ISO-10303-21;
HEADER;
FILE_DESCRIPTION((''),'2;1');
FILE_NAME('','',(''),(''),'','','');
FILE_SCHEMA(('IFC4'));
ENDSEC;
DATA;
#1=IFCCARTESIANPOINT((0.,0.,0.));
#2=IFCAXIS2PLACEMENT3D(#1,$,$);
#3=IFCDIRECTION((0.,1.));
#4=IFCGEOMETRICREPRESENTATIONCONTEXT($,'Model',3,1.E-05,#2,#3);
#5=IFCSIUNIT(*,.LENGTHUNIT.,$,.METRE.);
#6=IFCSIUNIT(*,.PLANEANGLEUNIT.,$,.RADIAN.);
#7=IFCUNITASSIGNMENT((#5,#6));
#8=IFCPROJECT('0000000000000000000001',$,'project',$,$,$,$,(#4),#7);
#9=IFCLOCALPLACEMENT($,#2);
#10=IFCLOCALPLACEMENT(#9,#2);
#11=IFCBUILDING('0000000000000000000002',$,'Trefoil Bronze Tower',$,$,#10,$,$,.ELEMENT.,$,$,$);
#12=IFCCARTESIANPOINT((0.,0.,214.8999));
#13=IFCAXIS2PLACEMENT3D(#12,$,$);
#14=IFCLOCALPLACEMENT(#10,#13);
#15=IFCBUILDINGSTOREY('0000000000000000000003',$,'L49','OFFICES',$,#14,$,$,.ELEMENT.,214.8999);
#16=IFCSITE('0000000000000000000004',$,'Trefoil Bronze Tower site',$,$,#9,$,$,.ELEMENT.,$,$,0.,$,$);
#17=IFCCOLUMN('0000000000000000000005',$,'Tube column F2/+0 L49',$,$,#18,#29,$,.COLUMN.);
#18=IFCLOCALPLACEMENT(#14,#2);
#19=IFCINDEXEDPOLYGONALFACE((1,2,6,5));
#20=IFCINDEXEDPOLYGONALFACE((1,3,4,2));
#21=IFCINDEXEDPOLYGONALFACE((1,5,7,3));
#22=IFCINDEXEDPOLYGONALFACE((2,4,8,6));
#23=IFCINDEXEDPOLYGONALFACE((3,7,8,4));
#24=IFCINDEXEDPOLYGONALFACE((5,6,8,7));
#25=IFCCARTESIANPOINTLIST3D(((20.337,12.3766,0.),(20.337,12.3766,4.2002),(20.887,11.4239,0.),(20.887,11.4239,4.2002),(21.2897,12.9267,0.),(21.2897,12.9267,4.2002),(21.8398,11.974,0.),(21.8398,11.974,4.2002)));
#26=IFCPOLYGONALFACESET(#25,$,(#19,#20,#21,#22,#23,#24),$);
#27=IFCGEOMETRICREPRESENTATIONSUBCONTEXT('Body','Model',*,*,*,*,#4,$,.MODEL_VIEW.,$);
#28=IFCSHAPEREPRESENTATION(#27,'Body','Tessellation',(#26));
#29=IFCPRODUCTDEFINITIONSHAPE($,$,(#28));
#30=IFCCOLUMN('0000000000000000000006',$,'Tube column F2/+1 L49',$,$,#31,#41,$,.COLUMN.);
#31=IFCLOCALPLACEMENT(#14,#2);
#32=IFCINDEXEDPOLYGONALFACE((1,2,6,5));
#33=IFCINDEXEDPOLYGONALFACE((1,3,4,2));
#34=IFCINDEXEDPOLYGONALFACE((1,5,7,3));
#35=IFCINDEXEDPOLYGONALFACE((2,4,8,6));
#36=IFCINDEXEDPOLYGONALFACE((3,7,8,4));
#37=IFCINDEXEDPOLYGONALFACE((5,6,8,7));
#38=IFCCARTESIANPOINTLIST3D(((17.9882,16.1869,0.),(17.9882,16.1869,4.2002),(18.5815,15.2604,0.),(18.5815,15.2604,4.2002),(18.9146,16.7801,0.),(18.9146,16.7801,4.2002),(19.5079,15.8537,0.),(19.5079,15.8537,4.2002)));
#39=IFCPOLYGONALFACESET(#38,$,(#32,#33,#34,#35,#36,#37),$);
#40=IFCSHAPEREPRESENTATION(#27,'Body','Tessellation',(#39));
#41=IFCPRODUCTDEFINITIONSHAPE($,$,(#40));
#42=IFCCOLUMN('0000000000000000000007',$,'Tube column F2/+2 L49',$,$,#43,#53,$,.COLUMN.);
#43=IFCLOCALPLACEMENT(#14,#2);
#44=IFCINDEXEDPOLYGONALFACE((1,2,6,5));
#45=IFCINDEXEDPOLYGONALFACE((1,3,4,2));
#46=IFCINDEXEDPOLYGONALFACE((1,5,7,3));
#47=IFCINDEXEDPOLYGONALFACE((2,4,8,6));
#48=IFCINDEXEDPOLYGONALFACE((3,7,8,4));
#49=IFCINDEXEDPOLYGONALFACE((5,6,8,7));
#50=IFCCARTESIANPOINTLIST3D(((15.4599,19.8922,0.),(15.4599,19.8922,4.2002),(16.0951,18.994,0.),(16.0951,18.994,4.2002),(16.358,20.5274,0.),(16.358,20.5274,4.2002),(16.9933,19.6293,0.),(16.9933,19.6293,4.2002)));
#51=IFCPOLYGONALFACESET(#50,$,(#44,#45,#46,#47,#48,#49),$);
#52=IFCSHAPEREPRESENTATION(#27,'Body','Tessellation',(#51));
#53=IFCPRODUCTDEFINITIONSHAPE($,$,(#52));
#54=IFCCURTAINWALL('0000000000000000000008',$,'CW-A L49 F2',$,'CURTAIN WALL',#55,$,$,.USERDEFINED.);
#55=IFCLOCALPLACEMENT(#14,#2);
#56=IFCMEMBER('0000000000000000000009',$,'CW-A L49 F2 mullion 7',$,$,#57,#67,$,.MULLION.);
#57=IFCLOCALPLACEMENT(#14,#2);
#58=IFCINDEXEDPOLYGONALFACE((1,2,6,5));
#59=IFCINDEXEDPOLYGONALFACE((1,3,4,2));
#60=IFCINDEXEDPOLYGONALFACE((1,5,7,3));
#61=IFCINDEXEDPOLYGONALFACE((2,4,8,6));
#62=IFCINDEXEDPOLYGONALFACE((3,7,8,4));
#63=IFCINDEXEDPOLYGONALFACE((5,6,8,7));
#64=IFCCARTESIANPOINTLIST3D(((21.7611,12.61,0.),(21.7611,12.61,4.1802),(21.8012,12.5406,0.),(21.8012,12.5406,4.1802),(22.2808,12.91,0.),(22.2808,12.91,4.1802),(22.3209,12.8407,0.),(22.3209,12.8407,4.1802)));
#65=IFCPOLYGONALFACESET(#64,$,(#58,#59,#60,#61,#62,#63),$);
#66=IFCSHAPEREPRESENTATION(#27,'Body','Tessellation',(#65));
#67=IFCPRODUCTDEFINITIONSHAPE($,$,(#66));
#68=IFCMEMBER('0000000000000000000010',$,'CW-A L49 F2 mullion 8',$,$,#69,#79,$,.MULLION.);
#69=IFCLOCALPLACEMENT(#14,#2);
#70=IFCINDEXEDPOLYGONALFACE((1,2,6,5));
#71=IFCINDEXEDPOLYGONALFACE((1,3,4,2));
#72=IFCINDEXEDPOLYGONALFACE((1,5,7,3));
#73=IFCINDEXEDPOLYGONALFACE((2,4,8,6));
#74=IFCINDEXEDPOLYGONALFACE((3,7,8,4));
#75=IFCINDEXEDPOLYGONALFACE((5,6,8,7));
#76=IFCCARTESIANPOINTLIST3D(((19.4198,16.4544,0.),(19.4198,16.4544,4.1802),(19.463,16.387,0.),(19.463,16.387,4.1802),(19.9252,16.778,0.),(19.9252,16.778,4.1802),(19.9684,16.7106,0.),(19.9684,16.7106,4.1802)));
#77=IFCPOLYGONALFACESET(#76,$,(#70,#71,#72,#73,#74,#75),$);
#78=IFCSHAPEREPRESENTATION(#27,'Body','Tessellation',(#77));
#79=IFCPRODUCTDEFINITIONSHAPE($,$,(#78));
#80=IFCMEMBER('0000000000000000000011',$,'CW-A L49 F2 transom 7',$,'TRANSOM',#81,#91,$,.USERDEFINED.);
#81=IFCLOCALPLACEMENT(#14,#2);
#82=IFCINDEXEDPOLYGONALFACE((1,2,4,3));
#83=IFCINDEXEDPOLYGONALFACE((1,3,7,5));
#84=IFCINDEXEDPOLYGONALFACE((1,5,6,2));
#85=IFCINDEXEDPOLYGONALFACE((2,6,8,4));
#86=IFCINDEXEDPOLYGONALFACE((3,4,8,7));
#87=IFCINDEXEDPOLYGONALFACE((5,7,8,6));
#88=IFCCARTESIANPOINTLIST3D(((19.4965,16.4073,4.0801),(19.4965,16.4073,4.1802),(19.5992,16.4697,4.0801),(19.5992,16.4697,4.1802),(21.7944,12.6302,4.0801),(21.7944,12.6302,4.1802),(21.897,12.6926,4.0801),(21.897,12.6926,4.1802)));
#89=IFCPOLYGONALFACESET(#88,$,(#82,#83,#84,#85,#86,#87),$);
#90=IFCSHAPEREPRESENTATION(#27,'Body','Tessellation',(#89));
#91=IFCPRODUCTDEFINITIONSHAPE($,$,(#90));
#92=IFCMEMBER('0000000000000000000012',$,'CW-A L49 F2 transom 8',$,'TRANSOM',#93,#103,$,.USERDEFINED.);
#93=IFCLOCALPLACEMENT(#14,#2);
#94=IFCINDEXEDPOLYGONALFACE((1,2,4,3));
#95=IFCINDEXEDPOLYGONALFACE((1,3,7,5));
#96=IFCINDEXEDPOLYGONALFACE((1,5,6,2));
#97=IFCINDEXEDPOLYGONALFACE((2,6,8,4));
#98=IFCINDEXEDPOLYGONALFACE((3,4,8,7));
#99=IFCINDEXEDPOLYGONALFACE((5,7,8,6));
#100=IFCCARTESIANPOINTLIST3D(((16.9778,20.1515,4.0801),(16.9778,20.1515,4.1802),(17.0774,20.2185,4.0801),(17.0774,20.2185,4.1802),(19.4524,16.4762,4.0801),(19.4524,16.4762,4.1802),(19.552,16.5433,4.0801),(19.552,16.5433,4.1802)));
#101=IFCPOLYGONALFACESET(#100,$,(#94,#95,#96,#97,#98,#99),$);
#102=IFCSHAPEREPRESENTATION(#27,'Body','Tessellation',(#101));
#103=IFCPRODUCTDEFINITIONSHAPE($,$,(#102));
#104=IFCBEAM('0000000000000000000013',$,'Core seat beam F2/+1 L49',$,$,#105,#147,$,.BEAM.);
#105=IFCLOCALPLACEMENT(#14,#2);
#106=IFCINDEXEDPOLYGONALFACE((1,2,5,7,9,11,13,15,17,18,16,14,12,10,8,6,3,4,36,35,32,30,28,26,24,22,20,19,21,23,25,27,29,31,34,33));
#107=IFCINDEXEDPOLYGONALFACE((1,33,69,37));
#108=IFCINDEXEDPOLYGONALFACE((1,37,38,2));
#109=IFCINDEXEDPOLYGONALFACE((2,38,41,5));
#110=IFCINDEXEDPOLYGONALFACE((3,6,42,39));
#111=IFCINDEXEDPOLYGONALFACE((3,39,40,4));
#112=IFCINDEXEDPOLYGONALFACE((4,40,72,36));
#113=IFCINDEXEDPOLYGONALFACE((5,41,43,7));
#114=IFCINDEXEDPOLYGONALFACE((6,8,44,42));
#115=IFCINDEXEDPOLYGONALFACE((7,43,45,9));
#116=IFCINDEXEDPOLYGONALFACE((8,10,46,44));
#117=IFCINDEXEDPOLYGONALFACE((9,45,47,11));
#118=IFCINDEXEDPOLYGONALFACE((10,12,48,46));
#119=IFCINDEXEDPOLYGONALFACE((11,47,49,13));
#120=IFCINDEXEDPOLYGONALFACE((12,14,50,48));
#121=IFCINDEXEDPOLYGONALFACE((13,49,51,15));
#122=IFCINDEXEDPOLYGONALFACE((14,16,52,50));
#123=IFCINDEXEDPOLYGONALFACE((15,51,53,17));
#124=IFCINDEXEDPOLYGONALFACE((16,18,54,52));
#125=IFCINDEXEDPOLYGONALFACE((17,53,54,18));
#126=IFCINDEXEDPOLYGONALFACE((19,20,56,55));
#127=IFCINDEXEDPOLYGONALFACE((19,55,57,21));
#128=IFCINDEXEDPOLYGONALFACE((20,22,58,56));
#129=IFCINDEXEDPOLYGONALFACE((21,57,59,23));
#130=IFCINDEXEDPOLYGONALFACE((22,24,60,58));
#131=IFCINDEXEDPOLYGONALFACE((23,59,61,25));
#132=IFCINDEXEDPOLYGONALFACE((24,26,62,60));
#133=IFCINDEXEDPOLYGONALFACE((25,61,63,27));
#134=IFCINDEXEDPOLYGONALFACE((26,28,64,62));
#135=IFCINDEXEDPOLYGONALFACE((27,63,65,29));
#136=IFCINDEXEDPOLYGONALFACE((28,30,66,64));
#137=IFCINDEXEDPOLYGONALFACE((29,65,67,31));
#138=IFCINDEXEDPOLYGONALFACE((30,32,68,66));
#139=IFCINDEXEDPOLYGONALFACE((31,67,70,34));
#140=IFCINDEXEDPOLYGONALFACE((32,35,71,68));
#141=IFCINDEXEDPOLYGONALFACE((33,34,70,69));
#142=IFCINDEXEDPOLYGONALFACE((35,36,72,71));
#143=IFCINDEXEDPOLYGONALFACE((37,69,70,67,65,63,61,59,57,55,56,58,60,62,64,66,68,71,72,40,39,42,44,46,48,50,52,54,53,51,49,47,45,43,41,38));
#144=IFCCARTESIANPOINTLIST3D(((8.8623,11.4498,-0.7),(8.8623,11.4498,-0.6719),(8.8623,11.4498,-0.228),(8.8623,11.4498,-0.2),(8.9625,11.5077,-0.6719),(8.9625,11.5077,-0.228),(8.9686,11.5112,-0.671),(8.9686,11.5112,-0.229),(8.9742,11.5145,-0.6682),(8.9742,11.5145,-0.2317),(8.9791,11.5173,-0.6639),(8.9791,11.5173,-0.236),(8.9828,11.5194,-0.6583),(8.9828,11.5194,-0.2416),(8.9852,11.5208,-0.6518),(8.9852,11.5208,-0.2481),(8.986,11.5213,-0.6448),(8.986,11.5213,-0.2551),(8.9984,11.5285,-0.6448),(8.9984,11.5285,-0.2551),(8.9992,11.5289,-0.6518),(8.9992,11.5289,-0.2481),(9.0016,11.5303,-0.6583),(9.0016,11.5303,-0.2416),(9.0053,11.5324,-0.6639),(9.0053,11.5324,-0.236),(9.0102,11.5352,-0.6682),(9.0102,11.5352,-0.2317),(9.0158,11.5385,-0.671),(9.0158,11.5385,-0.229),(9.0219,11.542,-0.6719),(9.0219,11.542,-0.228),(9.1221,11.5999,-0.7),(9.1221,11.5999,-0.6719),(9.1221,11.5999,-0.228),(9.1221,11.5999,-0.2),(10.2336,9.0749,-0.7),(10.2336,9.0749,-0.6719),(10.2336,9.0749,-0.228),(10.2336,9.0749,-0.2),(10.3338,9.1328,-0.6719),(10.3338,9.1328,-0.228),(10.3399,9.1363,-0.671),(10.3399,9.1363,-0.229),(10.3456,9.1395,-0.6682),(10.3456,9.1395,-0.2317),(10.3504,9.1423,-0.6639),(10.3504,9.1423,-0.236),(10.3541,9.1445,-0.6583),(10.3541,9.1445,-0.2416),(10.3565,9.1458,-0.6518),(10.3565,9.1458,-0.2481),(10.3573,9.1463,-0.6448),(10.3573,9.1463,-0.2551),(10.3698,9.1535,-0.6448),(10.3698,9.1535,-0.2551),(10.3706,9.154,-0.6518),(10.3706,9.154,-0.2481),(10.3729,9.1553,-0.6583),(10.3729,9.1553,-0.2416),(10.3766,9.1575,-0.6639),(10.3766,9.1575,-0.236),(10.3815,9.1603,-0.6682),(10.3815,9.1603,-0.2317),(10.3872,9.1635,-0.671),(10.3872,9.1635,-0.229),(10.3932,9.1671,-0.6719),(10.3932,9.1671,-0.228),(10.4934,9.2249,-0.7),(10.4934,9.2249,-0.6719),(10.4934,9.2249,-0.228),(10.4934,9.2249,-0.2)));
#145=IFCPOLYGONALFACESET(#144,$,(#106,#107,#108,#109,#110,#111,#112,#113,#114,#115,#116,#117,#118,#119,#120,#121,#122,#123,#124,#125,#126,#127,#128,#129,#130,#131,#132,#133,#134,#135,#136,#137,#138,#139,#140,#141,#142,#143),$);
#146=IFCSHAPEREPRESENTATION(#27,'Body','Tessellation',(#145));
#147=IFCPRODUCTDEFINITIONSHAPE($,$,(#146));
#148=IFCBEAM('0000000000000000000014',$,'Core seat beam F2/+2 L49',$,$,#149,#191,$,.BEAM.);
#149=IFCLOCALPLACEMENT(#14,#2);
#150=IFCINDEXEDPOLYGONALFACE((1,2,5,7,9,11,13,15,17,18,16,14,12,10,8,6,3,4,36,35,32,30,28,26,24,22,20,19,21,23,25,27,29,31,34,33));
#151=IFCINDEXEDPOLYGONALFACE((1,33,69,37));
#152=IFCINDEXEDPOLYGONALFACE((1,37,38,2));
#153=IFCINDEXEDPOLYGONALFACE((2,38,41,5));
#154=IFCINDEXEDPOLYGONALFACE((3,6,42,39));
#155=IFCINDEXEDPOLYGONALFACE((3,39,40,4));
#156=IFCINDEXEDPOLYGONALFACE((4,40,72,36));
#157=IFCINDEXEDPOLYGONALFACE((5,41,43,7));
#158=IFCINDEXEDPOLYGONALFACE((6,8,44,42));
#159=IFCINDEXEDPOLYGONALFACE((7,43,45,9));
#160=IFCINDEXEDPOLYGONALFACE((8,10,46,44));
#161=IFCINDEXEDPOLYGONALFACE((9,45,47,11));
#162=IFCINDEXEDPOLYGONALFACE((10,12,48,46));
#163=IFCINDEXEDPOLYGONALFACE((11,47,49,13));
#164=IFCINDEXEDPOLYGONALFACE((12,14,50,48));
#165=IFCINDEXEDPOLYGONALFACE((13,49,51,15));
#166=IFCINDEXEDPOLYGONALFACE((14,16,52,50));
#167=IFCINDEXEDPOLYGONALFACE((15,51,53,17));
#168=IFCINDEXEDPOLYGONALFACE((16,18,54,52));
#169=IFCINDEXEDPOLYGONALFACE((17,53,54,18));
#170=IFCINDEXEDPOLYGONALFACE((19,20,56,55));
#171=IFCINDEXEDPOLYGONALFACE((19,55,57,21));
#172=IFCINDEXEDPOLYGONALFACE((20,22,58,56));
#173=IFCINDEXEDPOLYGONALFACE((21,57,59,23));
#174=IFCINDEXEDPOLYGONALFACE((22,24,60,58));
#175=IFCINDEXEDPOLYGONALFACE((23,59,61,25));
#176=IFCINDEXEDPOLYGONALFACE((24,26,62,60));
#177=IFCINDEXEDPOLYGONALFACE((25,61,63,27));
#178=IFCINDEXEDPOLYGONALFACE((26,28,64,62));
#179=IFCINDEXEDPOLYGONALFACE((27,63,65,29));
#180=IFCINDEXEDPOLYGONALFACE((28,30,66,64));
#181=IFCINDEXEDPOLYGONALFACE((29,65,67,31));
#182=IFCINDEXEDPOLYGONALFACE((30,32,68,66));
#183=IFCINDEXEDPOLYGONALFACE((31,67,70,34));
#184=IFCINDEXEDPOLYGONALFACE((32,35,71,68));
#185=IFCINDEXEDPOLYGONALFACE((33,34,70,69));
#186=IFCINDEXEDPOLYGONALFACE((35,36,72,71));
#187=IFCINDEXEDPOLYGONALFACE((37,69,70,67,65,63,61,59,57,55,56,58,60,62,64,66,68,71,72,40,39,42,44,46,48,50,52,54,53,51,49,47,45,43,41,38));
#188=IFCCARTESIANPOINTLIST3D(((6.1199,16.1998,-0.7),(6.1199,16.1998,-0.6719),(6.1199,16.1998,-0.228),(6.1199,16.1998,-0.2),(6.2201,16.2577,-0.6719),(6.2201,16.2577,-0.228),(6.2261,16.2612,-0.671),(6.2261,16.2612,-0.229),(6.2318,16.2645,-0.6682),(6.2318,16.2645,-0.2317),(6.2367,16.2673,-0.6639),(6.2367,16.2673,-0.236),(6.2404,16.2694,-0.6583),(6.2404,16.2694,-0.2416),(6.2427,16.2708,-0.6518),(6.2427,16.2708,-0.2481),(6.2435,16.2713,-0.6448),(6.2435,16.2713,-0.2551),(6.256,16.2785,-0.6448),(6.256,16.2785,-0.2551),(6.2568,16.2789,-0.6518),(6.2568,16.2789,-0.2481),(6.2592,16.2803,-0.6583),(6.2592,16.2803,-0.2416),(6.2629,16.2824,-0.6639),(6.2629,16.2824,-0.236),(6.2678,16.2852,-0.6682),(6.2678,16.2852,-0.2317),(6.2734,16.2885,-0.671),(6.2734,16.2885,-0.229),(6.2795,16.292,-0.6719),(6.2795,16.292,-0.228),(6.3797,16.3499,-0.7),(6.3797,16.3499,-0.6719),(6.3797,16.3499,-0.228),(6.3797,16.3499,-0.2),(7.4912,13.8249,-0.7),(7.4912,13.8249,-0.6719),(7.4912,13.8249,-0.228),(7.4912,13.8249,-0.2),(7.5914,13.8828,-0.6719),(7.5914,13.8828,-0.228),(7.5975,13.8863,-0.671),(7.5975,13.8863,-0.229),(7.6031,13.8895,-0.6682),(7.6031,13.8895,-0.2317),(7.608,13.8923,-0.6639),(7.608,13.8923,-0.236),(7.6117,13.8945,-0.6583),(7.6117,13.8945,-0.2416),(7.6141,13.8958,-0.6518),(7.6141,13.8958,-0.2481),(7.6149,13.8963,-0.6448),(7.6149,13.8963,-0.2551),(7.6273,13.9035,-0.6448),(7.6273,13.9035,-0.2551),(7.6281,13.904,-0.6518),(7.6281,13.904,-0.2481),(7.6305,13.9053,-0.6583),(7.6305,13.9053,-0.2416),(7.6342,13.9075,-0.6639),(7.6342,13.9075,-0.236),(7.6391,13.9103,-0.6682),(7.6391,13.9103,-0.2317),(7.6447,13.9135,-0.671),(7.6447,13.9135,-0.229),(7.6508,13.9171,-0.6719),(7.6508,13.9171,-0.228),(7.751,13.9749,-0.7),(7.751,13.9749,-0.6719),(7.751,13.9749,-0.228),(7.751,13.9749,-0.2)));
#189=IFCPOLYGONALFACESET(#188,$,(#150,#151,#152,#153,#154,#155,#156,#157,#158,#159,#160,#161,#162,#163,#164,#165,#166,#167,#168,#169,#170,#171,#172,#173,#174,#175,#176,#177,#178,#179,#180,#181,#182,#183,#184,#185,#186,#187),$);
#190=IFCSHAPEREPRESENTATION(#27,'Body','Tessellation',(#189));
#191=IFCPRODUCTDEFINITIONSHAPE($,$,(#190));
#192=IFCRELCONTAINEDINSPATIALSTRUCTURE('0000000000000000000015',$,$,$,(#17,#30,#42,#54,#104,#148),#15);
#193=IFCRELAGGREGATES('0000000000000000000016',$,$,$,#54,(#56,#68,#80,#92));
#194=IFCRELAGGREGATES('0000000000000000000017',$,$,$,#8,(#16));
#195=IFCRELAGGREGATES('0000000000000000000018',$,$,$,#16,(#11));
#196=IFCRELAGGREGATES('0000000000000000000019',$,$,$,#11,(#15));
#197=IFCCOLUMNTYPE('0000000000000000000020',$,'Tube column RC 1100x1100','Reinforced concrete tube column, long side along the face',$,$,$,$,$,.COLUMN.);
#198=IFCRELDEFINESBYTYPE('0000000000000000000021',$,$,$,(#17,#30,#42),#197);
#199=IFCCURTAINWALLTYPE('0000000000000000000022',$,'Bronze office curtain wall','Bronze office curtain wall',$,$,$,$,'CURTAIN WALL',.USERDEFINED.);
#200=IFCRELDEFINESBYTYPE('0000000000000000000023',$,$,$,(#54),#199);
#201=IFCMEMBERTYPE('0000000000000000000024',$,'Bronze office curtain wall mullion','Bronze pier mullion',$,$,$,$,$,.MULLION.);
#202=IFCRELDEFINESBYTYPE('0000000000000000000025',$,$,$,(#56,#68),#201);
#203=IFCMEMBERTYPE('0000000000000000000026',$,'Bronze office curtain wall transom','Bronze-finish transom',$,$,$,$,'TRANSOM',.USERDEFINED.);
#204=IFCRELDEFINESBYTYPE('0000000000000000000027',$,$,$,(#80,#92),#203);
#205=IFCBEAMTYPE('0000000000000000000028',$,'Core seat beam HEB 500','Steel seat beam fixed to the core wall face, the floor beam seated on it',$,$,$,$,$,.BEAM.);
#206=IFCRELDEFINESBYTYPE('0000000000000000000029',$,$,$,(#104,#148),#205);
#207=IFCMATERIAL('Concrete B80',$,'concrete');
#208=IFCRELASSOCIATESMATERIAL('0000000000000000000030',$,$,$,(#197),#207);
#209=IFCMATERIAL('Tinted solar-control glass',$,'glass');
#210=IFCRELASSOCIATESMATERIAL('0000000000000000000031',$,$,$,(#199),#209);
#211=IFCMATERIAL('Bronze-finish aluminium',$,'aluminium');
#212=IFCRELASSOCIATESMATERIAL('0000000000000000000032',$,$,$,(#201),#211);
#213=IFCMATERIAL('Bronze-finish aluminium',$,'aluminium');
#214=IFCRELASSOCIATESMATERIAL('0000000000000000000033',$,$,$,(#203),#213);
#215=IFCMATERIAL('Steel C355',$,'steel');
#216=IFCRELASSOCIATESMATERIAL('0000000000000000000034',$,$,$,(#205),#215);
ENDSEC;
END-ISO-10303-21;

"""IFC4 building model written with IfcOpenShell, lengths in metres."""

from ifc_helpers import new_model, si_unit, direction, frame, origin, origin_2d, place, context, subcontext, project, spatial, rectangle, i_section, extrude, material, material_profile, profile_set, type_object, element, aggregate, save


model = new_model("IFC4")

# Units and contexts
model_context = context("Model", 3, precision=1e-05, world=origin(), true_north=direction((0.0, 1.0)))
body_context = subcontext(model_context, "Body", "Model", "MODEL_VIEW")
ifc_project = project(units=[si_unit("LENGTHUNIT", "METRE"), si_unit("PLANEANGLEUNIT", "RADIAN")], contexts=[model_context])

# Site, building, storey
site_placement = place(None, origin())
site = spatial("IfcSite", under=ifc_project, at=site_placement, Name="Trefoil Bronze Tower site", CompositionType="ELEMENT", RefElevation=0.0)
building_placement = place(site_placement, origin())
building = spatial("IfcBuilding", under=site, at=building_placement, Name="Trefoil Bronze Tower", CompositionType="ELEMENT")
storey_placement = place(building_placement, frame((0.0, 0.0, 214.8999)))
storey = spatial("IfcBuildingStorey", under=building, at=storey_placement, Name="L49", Description="OFFICES", CompositionType="ELEMENT", Elevation=214.8999)

# Columns
ifc_material_1 = material(Name="Concrete B80", Category="concrete")
ifc_material_profile_1 = material_profile(ifc_material_1, rectangle(XDim=1.1001, YDim=1.1001, at=origin_2d()), Name="RC 1100x1100")
ifc_profile_set_1 = profile_set([ifc_material_profile_1], Name="Concrete B80")
column_type = type_object("IfcColumnType", Name="Tube column RC 1100x1100", Description="Reinforced concrete tube column, long side along the face", PredefinedType="COLUMN", material=ifc_profile_set_1)
for number, where, z_axis, x_axis, name in (
    (1, (21.0884, 12.1753, 0.0), (0.0, 0.0, 1.0), (-0.5, 0.866025, 0.0), "Tube column F2/+0 L49"),
    (2, (18.748, 16.0203, 0.0), (0.0, 0.0, 1.0), (-0.53927, 0.842133, 0.0), "Tube column F2/+1 L49"),
    (3, (16.2266, 19.7607, 0.0), (0.0, 0.0, 1.0), (-0.577481, 0.816404, 0.0), "Tube column F2/+2 L49"),
):
    element("IfcColumn", number, at=place(storey_placement, frame(where, z_axis=z_axis, x_axis=x_axis)), inside=storey, type_object=column_type, Name=name, PredefinedType="COLUMN", context=body_context, shape_type="SweptSolid", body=[
        extrude(rectangle(XDim=1.1001, YDim=1.1001, at=origin_2d()), origin(), (0.0, 0.0, 1.0), 4.2002),
    ])

# Curtain wall, members
ifc_material_2 = material(Name="Tinted solar-control glass", Category="glass")
curtain_wall_type = type_object("IfcCurtainWallType", Name="Bronze office curtain wall", Description="Bronze office curtain wall", ElementType="CURTAIN WALL", PredefinedType="USERDEFINED", material=ifc_material_2)
curtain_wall_placement = place(storey_placement, origin())
curtain_wall = element("IfcCurtainWall", 4, at=curtain_wall_placement, inside=storey, type_object=curtain_wall_type, Name="CW-A L49 F2", ObjectType="CURTAIN WALL", PredefinedType="USERDEFINED")
ifc_material_3 = material(Name="Bronze-finish aluminium", Category="aluminium")
ifc_material_profile_2 = material_profile(ifc_material_3, rectangle(XDim=0.6001, YDim=0.0801, at=origin_2d()), Name="CW-A mullion")
ifc_profile_set_2 = profile_set([ifc_material_profile_2], Name="Bronze-finish aluminium")
member_type_1 = type_object("IfcMemberType", Name="Bronze office curtain wall mullion", Description="Bronze pier mullion", PredefinedType="MULLION", material=ifc_profile_set_2)
member_1_placement = place(storey_placement, frame((22.041, 12.7253, 0.0), z_axis=(0.0, 0.0, 1.0), x_axis=(-0.866025, -0.5, 0.0)))
member_1 = element("IfcMember", 5, at=member_1_placement, type_object=member_type_1, Name="CW-A L49 F2 mullion 7", PredefinedType="MULLION", context=body_context, shape_type="SweptSolid", body=[
    extrude(rectangle(XDim=0.6001, YDim=0.0801, at=origin_2d()), origin(), (0.0, 0.0, 1.0), 4.1802),
])
member_2_placement = place(storey_placement, frame((19.6941, 16.5825, 0.0), z_axis=(0.0, 0.0, 1.0), x_axis=(-0.842133, -0.53927, 0.0)))
member_2 = element("IfcMember", 6, at=member_2_placement, type_object=member_type_1, Name="CW-A L49 F2 mullion 8", PredefinedType="MULLION", context=body_context, shape_type="SweptSolid", body=[
    extrude(rectangle(XDim=0.6001, YDim=0.0801, at=origin_2d()), origin(), (0.0, 0.0, 1.0), 4.1802),
])
ifc_material_4 = material(Name="Bronze-finish aluminium", Category="aluminium")
ifc_material_profile_3 = material_profile(ifc_material_4, rectangle(XDim=0.1201, YDim=0.1001, at=origin_2d()), Name="CW-A transom")
ifc_profile_set_3 = profile_set([ifc_material_profile_3], Name="Bronze-finish aluminium")
member_type_2 = type_object("IfcMemberType", Name="Bronze office curtain wall transom", Description="Bronze-finish transom", ElementType="TRANSOM", PredefinedType="USERDEFINED", material=ifc_profile_set_3)
member_3_placement = place(storey_placement, frame((21.8457, 12.6614, 4.1301), z_axis=(-0.51974, 0.854324, 0.0), x_axis=(-0.854324, -0.51974, 0.0)))
member_3 = element("IfcMember", 7, at=member_3_placement, type_object=member_type_2, Name="CW-A L49 F2 transom 7", ObjectType="TRANSOM", PredefinedType="USERDEFINED", context=body_context, shape_type="SweptSolid", body=[
    extrude(rectangle(XDim=0.1201, YDim=0.1001, at=origin_2d()), origin(), (0.0, 0.0, 1.0), 4.4211),
])
member_4_placement = place(storey_placement, frame((19.5022, 16.5098, 4.1301), z_axis=(-0.558509, 0.829498, 0.0), x_axis=(-0.829498, -0.558509, 0.0)))
member_4 = element("IfcMember", 8, at=member_4_placement, type_object=member_type_2, Name="CW-A L49 F2 transom 8", ObjectType="TRANSOM", PredefinedType="USERDEFINED", context=body_context, shape_type="SweptSolid", body=[
    extrude(rectangle(XDim=0.1201, YDim=0.1001, at=origin_2d()), origin(), (0.0, 0.0, 1.0), 4.4307),
])

# Beams
ifc_material_5 = material(Name="Steel C355", Category="steel")
ifc_material_profile_4 = material_profile(ifc_material_5, i_section(OverallWidth=0.3, OverallDepth=0.5, WebThickness=0.0144, FlangeThickness=0.0281, FilletRadius=0.0271, at=origin_2d()), Name="HEB 500")
ifc_profile_set_4 = profile_set([ifc_material_profile_4], Name="Steel C355")
beam_type_1 = type_object("IfcBeamType", Name="Core seat beam HEB 500", Description="Steel seat beam fixed to the core wall face, the floor beam seated on it", PredefinedType="BEAM", material=ifc_profile_set_4)
for number, where, z_axis, x_axis, name in (
    (9, (10.3635, 9.1499, -0.45), (-0.500036, 0.866005, 0.0), (-0.866005, -0.500036, 0.0), "Core seat beam F2/+1 L49"),
    (10, (7.6211, 13.8999, -0.45), (-0.500036, 0.866005, 0.0), (-0.866005, -0.500036, 0.0), "Core seat beam F2/+2 L49"),
):
    element("IfcBeam", number, at=place(storey_placement, frame(where, z_axis=z_axis, x_axis=x_axis)), inside=storey, type_object=beam_type_1, Name=name, PredefinedType="BEAM", context=body_context, shape_type="SweptSolid", body=[
        extrude(i_section(OverallWidth=0.3, OverallDepth=0.5, WebThickness=0.0144, FlangeThickness=0.0281, FilletRadius=0.0271, at=origin_2d()), origin(), (0.0, 0.0, 1.0), 2.7424),
    ])

aggregate(curtain_wall, [member_1, member_2, member_3, member_4])

save(model, "model.ifc")
